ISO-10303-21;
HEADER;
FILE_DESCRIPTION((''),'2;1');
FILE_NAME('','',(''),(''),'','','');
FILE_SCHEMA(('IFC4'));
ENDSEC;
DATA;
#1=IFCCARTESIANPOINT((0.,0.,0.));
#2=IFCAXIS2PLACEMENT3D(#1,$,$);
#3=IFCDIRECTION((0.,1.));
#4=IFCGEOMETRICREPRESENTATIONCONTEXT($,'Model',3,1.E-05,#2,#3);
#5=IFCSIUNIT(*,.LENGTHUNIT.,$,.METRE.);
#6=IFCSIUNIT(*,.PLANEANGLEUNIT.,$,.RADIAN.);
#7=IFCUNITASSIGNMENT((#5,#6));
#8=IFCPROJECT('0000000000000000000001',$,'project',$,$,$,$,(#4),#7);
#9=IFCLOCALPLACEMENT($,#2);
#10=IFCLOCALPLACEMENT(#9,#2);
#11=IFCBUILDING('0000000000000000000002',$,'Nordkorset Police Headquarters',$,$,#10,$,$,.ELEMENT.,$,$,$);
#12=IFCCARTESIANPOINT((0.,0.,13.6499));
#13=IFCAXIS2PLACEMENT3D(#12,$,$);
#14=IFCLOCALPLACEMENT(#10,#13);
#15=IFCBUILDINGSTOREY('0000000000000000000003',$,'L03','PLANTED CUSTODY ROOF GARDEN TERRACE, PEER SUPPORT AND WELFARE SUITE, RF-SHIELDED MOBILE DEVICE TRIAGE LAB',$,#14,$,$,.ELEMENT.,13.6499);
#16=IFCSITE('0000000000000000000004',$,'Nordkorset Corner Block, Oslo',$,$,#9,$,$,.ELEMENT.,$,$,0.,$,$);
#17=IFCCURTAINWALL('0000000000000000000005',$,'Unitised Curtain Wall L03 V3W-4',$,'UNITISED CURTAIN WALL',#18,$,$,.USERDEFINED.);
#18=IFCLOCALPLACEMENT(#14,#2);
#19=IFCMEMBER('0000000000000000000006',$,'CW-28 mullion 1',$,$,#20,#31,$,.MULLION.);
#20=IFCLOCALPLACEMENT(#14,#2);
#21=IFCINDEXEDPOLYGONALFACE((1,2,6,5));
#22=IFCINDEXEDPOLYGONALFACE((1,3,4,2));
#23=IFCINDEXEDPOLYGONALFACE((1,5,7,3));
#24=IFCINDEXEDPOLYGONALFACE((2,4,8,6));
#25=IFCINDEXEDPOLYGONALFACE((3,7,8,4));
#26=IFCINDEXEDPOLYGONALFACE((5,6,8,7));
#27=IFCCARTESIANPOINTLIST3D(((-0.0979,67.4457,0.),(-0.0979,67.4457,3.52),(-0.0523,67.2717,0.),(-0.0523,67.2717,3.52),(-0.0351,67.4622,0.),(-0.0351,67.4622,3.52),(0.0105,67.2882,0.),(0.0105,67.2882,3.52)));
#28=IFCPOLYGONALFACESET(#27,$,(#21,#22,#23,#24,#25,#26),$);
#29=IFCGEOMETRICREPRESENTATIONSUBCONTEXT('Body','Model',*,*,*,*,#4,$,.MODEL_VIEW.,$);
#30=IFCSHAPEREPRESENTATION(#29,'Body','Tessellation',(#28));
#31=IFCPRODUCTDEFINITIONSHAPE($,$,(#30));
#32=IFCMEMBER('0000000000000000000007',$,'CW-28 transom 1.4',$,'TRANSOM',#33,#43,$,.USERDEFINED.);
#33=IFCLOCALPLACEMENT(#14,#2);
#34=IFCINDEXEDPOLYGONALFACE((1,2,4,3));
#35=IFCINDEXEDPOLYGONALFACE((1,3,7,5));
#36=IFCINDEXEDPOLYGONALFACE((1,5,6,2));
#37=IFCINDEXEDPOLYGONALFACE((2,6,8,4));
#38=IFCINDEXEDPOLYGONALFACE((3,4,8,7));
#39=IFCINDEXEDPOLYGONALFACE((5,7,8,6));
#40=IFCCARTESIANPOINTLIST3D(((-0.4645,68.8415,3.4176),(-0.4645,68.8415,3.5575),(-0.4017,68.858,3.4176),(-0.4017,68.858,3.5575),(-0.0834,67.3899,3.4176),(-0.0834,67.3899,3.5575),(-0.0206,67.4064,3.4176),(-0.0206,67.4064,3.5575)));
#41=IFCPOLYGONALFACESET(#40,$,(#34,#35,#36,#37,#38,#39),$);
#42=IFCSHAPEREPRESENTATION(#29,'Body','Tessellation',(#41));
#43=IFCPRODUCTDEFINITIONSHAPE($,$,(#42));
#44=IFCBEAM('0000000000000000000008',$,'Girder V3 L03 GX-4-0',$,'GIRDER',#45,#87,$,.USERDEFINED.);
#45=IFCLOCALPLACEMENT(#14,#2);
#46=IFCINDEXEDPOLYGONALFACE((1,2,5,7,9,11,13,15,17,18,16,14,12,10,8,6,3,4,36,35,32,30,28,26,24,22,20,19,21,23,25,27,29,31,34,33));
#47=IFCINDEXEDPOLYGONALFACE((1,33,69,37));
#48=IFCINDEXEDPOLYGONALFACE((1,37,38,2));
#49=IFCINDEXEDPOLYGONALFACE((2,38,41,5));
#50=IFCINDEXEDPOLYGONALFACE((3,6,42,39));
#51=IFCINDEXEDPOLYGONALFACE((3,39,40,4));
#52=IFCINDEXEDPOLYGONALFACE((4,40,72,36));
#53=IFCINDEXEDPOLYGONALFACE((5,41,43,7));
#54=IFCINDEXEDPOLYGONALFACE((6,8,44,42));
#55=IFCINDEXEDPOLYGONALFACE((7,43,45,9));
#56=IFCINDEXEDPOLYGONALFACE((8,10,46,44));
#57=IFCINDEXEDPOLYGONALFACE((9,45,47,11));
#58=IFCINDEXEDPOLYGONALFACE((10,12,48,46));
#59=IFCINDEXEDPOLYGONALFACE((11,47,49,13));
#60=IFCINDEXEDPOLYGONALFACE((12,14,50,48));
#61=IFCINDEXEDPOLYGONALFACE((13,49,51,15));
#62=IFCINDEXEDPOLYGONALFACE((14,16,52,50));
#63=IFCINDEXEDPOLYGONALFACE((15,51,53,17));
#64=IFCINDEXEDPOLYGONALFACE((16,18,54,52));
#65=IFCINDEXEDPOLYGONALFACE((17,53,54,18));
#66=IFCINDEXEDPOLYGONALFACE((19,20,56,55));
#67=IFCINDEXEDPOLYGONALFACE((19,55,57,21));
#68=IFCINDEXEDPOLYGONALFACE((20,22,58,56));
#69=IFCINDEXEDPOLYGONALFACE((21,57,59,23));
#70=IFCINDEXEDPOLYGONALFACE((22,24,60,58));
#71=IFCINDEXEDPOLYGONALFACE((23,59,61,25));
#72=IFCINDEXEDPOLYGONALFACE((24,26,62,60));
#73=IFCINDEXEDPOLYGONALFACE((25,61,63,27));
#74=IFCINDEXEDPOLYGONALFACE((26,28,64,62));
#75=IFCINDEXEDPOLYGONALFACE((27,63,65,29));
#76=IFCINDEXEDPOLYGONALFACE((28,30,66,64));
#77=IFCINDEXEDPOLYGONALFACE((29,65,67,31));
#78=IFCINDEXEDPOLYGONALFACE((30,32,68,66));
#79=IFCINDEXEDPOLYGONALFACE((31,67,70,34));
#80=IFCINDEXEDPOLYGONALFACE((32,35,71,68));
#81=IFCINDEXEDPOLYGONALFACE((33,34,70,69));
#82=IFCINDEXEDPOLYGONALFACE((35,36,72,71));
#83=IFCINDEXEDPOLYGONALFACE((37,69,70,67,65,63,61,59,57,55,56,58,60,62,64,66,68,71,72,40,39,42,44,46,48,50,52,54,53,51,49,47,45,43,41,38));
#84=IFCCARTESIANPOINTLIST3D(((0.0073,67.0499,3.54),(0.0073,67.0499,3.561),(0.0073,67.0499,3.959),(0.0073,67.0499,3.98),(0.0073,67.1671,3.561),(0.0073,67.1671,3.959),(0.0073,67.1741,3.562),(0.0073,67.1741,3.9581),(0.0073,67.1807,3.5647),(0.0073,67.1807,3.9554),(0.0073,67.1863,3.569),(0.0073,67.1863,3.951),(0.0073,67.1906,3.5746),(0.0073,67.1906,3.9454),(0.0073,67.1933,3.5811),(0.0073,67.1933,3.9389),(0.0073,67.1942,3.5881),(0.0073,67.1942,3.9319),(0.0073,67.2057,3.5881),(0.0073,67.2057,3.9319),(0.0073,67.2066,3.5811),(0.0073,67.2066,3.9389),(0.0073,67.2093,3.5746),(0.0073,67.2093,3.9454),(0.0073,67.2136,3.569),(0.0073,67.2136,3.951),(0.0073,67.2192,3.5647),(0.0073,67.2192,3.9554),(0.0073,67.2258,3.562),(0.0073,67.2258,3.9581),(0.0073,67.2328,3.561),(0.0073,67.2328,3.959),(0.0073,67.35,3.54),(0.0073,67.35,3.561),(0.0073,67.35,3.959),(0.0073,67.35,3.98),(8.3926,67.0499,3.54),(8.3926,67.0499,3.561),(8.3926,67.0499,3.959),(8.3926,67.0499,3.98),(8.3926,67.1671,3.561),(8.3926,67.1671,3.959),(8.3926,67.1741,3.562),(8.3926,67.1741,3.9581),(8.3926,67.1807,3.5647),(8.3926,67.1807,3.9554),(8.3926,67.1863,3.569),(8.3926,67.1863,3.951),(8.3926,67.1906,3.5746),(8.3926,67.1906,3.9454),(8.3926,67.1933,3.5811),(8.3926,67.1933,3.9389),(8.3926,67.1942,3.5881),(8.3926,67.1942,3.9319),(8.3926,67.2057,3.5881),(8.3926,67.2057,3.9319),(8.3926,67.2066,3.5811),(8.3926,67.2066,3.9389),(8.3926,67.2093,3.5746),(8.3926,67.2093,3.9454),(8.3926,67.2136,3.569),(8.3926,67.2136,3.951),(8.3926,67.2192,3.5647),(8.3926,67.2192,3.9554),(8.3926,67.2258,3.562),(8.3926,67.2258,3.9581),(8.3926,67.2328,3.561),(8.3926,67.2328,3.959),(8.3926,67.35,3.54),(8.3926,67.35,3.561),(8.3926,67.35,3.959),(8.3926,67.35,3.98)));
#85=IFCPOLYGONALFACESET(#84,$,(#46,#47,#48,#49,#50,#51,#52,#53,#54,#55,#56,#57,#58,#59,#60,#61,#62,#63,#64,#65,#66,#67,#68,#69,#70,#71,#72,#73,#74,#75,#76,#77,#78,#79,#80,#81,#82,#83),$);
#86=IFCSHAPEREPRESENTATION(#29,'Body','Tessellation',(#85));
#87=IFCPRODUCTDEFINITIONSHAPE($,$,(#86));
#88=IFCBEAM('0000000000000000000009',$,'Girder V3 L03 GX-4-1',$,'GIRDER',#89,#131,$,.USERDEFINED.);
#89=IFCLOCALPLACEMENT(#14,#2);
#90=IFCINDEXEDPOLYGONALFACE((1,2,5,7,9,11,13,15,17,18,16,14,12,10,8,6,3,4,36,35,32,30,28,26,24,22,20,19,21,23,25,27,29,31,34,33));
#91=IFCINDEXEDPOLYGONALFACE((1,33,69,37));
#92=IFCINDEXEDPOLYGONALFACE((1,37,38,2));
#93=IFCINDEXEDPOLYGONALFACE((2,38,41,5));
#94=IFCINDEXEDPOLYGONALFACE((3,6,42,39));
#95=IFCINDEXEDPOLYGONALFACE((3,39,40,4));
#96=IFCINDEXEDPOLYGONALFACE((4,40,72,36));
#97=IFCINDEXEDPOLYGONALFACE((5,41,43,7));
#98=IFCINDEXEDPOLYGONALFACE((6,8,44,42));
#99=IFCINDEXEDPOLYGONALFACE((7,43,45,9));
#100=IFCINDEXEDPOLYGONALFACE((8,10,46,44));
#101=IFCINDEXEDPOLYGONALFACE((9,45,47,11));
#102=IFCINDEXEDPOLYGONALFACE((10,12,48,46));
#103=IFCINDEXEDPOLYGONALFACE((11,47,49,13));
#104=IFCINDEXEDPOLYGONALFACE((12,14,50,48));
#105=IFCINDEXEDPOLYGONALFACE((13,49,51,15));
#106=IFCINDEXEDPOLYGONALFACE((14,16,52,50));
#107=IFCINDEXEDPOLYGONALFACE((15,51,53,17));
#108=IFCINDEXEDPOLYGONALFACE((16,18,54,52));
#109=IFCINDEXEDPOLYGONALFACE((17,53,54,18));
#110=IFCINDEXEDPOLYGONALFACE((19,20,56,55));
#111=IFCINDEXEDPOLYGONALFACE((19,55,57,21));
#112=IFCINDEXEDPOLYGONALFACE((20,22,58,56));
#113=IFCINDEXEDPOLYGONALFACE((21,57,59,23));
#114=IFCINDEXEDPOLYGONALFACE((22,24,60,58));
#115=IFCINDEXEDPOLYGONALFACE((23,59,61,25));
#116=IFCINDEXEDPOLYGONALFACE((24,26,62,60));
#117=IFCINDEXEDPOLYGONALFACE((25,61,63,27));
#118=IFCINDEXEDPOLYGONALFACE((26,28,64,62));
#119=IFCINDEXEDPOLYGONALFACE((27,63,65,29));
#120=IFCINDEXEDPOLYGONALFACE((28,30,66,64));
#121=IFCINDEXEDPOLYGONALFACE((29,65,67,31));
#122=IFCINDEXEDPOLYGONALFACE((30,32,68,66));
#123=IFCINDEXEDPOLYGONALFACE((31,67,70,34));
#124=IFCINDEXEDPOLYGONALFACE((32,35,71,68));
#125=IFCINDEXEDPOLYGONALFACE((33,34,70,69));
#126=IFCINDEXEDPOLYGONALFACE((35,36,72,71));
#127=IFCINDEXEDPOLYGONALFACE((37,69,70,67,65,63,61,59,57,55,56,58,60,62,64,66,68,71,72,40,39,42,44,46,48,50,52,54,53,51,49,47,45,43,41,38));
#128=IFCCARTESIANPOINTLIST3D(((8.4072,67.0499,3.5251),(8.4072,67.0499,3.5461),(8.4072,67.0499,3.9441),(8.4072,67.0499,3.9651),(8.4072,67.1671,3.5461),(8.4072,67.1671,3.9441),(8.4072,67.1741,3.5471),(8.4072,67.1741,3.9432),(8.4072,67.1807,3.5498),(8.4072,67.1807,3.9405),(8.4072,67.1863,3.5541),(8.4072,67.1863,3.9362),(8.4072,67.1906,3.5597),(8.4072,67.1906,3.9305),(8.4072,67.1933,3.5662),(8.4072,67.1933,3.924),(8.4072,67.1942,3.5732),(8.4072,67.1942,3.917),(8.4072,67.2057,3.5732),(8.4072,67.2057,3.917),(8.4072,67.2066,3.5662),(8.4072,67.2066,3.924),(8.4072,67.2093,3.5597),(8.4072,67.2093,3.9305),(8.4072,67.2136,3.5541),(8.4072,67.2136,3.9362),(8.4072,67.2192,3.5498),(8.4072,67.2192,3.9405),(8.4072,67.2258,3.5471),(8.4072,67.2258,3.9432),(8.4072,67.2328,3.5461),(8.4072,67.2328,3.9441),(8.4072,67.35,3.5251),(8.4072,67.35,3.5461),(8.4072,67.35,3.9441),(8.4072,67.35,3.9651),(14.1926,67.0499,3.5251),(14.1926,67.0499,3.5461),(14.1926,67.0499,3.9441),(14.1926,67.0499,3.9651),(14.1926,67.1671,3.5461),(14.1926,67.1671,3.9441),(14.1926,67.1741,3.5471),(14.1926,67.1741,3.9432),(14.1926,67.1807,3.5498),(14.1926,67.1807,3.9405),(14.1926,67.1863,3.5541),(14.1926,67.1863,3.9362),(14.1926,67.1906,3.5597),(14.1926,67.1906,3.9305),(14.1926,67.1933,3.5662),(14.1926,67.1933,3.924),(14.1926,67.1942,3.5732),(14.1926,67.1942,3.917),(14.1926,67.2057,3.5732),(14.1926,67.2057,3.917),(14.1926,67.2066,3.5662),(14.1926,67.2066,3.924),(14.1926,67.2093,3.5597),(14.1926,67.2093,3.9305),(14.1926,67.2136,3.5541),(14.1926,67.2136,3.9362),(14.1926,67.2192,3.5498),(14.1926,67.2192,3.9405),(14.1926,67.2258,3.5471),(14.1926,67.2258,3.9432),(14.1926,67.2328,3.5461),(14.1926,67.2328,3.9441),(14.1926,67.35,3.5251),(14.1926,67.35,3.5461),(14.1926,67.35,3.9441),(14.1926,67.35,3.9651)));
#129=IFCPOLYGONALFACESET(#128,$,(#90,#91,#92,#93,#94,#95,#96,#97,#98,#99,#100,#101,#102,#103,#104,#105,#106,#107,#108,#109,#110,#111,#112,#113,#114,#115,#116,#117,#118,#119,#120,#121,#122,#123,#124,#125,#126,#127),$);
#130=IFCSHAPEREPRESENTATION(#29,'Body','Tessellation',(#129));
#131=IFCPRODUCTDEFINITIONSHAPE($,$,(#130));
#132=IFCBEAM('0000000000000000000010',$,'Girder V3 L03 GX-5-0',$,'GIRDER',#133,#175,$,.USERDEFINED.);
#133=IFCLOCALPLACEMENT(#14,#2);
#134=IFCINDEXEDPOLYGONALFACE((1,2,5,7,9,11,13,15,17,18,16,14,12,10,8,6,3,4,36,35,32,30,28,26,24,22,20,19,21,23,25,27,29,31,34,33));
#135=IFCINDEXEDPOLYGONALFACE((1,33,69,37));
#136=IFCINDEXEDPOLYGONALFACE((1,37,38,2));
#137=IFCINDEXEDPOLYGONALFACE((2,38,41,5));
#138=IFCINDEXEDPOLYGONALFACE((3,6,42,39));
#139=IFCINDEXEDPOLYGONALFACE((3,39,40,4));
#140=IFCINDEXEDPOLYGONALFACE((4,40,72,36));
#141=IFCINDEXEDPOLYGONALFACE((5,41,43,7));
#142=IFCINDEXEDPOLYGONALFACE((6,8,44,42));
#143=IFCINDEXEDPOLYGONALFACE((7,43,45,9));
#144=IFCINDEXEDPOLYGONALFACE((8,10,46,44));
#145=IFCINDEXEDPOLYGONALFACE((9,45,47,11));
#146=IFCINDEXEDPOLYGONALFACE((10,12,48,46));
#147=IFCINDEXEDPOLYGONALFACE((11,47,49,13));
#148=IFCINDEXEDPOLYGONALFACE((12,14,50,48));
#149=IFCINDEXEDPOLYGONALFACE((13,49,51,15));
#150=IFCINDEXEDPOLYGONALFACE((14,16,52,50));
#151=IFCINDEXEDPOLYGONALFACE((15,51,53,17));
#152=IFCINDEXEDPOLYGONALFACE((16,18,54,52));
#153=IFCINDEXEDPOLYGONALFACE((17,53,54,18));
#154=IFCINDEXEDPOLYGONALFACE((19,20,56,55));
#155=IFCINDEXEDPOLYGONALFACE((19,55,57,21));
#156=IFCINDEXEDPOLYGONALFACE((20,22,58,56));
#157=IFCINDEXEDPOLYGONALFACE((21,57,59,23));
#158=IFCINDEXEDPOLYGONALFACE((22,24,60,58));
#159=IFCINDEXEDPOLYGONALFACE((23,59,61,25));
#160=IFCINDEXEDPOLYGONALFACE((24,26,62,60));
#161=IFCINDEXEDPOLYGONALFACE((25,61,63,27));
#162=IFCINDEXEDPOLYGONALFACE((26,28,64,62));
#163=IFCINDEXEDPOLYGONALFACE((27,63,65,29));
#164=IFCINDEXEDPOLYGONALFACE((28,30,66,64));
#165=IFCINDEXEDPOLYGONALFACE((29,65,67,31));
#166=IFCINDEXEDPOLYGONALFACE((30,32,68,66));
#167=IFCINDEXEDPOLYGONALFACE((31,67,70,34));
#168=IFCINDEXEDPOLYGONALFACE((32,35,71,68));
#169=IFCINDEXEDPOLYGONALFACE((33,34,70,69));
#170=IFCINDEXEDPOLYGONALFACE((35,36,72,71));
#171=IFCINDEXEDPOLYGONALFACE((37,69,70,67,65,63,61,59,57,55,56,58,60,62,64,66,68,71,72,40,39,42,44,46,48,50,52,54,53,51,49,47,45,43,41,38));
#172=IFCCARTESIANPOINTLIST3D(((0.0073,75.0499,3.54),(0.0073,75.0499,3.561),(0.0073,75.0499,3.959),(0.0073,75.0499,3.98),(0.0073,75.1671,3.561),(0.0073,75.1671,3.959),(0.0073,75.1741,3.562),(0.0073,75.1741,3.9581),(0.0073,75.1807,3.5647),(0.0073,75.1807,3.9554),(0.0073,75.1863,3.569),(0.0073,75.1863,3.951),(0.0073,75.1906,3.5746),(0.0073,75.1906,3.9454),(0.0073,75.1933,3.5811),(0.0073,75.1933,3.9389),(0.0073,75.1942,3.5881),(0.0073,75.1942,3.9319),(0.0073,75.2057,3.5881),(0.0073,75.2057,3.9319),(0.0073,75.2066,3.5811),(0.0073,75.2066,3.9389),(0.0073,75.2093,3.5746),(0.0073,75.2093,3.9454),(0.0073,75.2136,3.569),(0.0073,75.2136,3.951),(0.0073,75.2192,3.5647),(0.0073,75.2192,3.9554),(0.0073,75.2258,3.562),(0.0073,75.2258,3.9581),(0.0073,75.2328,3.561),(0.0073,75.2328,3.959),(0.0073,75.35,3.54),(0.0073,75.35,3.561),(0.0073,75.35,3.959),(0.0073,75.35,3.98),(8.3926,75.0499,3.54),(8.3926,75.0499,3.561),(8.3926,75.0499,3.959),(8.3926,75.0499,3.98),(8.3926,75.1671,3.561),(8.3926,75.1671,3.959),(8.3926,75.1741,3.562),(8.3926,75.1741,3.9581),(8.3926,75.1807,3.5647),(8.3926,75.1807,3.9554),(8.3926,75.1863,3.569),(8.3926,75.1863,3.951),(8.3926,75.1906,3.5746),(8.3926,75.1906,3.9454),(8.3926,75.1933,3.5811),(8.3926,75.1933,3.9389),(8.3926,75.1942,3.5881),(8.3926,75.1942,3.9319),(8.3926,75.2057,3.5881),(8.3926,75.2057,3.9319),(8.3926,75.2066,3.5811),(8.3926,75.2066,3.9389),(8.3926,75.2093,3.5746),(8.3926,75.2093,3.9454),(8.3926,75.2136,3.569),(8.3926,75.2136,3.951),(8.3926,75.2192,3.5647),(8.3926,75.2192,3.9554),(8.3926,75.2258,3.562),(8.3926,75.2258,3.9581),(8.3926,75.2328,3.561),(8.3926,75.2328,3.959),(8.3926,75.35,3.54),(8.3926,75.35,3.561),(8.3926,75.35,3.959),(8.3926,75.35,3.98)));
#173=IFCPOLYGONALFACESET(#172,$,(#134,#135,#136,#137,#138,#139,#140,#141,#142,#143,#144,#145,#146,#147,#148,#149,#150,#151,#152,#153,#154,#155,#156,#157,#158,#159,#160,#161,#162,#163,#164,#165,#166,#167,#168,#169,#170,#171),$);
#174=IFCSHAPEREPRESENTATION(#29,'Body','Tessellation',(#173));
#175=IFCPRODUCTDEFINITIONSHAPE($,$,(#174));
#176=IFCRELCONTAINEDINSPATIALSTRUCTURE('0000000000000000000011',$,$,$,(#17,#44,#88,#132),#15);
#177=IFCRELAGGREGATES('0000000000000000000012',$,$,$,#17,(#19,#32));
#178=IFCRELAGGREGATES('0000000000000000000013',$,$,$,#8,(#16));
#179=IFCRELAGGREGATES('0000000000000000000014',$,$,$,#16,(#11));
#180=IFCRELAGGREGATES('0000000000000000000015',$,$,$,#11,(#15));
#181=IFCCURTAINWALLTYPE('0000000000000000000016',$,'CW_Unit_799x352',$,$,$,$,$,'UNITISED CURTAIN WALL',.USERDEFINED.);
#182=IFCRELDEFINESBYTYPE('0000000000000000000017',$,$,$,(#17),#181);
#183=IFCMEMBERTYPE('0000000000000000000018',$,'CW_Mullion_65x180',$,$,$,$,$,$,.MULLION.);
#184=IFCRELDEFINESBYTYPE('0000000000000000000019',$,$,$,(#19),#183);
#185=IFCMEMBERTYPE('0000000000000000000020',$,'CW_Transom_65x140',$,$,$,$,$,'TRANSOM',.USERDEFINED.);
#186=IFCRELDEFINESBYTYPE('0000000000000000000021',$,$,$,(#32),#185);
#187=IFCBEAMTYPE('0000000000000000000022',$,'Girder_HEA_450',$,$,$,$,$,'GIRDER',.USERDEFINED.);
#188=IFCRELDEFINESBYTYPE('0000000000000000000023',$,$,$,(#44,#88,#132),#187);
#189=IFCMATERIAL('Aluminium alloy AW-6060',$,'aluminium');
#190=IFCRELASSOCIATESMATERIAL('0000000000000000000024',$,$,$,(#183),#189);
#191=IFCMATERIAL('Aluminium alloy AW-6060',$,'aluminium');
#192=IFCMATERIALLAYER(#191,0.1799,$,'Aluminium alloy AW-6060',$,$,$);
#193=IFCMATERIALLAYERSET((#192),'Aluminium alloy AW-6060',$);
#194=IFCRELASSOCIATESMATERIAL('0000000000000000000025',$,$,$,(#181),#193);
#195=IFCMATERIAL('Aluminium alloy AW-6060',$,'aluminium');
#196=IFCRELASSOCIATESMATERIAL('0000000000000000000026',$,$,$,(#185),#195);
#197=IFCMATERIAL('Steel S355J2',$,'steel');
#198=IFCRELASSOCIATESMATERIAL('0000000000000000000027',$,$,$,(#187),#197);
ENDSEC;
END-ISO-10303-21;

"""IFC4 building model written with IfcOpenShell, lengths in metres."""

from ifc_helpers import new_model, si_unit, direction, frame, origin, origin_2d, place, context, subcontext, project, spatial, rectangle, i_section, extrude, material, layer, layer_set, material_profile, profile_set, type_object, element, aggregate, save


model = new_model("IFC4")

# Units and contexts
model_context = context("Model", 3, precision=1e-05, world=origin(), true_north=direction((0.0, 1.0)))
body_context = subcontext(model_context, "Body", "Model", "MODEL_VIEW")
ifc_project = project(units=[si_unit("LENGTHUNIT", "METRE"), si_unit("PLANEANGLEUNIT", "RADIAN")], contexts=[model_context])

# Site, building, storey
site_placement = place(None, origin())
site = spatial("IfcSite", under=ifc_project, at=site_placement, Name="Nordkorset Corner Block, Oslo", CompositionType="ELEMENT", RefElevation=0.0)
building_placement = place(site_placement, origin())
building = spatial("IfcBuilding", under=site, at=building_placement, Name="Nordkorset Police Headquarters", CompositionType="ELEMENT")
storey_placement = place(building_placement, frame((0.0, 0.0, 13.6499)))
storey = spatial("IfcBuildingStorey", under=building, at=storey_placement, Name="L03", Description="PLANTED CUSTODY ROOF GARDEN TERRACE, PEER SUPPORT AND WELFARE SUITE, RF-SHIELDED MOBILE DEVICE TRIAGE LAB", CompositionType="ELEMENT", Elevation=13.6499)

# Shared definitions
ifc_material_1 = material(Name="Aluminium alloy AW-6060", Category="aluminium")
ifc_material_profile_1 = material_profile(ifc_material_1, rectangle(XDim=0.0649, YDim=0.1799, at=origin_2d()), Name="ALU MULL 65x180")
ifc_profile_set_1 = profile_set([ifc_material_profile_1], Name="Aluminium alloy AW-6060")
member_type_1 = type_object("IfcMemberType", Name="CW_Mullion_65x180", PredefinedType="MULLION", material=ifc_profile_set_1)

# Curtain wall, members
ifc_material_2 = material(Name="Aluminium alloy AW-6060", Category="aluminium")
ifc_layer_1 = layer(ifc_material_2, 0.1799, Name="Aluminium alloy AW-6060")
ifc_layer_set_1 = layer_set([ifc_layer_1], Name="Aluminium alloy AW-6060")
curtain_wall_type_1 = type_object("IfcCurtainWallType", Name="CW_Unit_799x352", ElementType="UNITISED CURTAIN WALL", PredefinedType="USERDEFINED", material=ifc_layer_set_1)
curtain_wall_1_placement = place(storey_placement, origin())
curtain_wall_1 = element("IfcCurtainWall", 1, at=curtain_wall_1_placement, inside=storey, type_object=curtain_wall_type_1, Name="Unitised Curtain Wall L03 V3W-4", ObjectType="UNITISED CURTAIN WALL", PredefinedType="USERDEFINED")
member_1_placement = place(storey_placement, frame((-0.0437, 67.3669, 0.0), z_axis=(0.0, 0.0, 1.0), x_axis=(-0.967231, -0.253897, 0.0)))
member_1 = element("IfcMember", 2, at=member_1_placement, type_object=member_type_1, Name="CW-28 mullion 1", PredefinedType="MULLION", context=body_context, shape_type="SweptSolid", body=[
    extrude(rectangle(XDim=0.0649, YDim=0.1799, at=origin_2d()), origin(), (0.0, 0.0, 1.0), 3.52),
])
ifc_material_3 = material(Name="Aluminium alloy AW-6060", Category="aluminium")
ifc_material_profile_2 = material_profile(ifc_material_3, rectangle(XDim=0.0649, YDim=0.1399, at=origin_2d()), Name="ALU TRAN 65x140")
ifc_profile_set_2 = profile_set([ifc_material_profile_2], Name="Aluminium alloy AW-6060")
member_type_2 = type_object("IfcMemberType", Name="CW_Transom_65x140", ElementType="TRANSOM", PredefinedType="USERDEFINED", material=ifc_profile_set_2)
member_2_placement = place(storey_placement, frame((-0.052, 67.3982, 3.4875), z_axis=(-0.253925, 0.967224, 0.0), x_axis=(-0.967224, -0.253925, 0.0)))
member_2 = element("IfcMember", 3, at=member_2_placement, type_object=member_type_2, Name="CW-28 transom 1.4", ObjectType="TRANSOM", PredefinedType="USERDEFINED", context=body_context, shape_type="SweptSolid", body=[
    extrude(rectangle(XDim=0.0649, YDim=0.1399, at=origin_2d()), origin(), (0.0, 0.0, 1.0), 1.5007),
])
aggregate(curtain_wall_1, [member_1, member_2])

# Beams
ifc_material_4 = material(Name="Steel S355J2", Category="steel")
ifc_material_profile_3 = material_profile(ifc_material_4, i_section(OverallWidth=0.3, OverallDepth=0.4399, WebThickness=0.0115, FlangeThickness=0.021, FilletRadius=0.0271, at=origin_2d()), Name="HEA 450")
ifc_profile_set_3 = profile_set([ifc_material_profile_3], Name="Steel S355J2")
beam_type_1 = type_object("IfcBeamType", Name="Girder_HEA_450", ElementType="GIRDER", PredefinedType="USERDEFINED", material=ifc_profile_set_3)
beam_1_placement = place(storey_placement, frame((0.0073, 67.2, 3.76), z_axis=(1.0, 0.0, 0.0), x_axis=(0.0, 1.0, 0.0)))
element("IfcBeam", 4, at=beam_1_placement, inside=storey, type_object=beam_type_1, Name="Girder V3 L03 GX-4-0", ObjectType="GIRDER", PredefinedType="USERDEFINED", context=body_context, shape_type="SweptSolid", body=[
    extrude(i_section(OverallWidth=0.3, OverallDepth=0.4399, WebThickness=0.0115, FlangeThickness=0.021, FilletRadius=0.0271, at=origin_2d()), origin(), (0.0, 0.0, 1.0), 8.3853),
])
beam_2_placement = place(storey_placement, frame((8.4072, 67.2, 3.7451), z_axis=(1.0, 0.0, 0.0), x_axis=(0.0, 1.0, 0.0)))
element("IfcBeam", 5, at=beam_2_placement, inside=storey, type_object=beam_type_1, Name="Girder V3 L03 GX-4-1", ObjectType="GIRDER", PredefinedType="USERDEFINED", context=body_context, shape_type="SweptSolid", body=[
    extrude(i_section(OverallWidth=0.3, OverallDepth=0.4399, WebThickness=0.0115, FlangeThickness=0.021, FilletRadius=0.0271, at=origin_2d()), origin(), (0.0, 0.0, 1.0), 5.7854),
])
beam_3_placement = place(storey_placement, frame((0.0073, 75.2, 3.76), z_axis=(1.0, 0.0, 0.0), x_axis=(0.0, 1.0, 0.0)))
element("IfcBeam", 6, at=beam_3_placement, inside=storey, type_object=beam_type_1, Name="Girder V3 L03 GX-5-0", ObjectType="GIRDER", PredefinedType="USERDEFINED", context=body_context, shape_type="SweptSolid", body=[
    extrude(i_section(OverallWidth=0.3, OverallDepth=0.4399, WebThickness=0.0115, FlangeThickness=0.021, FilletRadius=0.0271, at=origin_2d()), origin(), (0.0, 0.0, 1.0), 8.3853),
])

save(model, "model.ifc")
